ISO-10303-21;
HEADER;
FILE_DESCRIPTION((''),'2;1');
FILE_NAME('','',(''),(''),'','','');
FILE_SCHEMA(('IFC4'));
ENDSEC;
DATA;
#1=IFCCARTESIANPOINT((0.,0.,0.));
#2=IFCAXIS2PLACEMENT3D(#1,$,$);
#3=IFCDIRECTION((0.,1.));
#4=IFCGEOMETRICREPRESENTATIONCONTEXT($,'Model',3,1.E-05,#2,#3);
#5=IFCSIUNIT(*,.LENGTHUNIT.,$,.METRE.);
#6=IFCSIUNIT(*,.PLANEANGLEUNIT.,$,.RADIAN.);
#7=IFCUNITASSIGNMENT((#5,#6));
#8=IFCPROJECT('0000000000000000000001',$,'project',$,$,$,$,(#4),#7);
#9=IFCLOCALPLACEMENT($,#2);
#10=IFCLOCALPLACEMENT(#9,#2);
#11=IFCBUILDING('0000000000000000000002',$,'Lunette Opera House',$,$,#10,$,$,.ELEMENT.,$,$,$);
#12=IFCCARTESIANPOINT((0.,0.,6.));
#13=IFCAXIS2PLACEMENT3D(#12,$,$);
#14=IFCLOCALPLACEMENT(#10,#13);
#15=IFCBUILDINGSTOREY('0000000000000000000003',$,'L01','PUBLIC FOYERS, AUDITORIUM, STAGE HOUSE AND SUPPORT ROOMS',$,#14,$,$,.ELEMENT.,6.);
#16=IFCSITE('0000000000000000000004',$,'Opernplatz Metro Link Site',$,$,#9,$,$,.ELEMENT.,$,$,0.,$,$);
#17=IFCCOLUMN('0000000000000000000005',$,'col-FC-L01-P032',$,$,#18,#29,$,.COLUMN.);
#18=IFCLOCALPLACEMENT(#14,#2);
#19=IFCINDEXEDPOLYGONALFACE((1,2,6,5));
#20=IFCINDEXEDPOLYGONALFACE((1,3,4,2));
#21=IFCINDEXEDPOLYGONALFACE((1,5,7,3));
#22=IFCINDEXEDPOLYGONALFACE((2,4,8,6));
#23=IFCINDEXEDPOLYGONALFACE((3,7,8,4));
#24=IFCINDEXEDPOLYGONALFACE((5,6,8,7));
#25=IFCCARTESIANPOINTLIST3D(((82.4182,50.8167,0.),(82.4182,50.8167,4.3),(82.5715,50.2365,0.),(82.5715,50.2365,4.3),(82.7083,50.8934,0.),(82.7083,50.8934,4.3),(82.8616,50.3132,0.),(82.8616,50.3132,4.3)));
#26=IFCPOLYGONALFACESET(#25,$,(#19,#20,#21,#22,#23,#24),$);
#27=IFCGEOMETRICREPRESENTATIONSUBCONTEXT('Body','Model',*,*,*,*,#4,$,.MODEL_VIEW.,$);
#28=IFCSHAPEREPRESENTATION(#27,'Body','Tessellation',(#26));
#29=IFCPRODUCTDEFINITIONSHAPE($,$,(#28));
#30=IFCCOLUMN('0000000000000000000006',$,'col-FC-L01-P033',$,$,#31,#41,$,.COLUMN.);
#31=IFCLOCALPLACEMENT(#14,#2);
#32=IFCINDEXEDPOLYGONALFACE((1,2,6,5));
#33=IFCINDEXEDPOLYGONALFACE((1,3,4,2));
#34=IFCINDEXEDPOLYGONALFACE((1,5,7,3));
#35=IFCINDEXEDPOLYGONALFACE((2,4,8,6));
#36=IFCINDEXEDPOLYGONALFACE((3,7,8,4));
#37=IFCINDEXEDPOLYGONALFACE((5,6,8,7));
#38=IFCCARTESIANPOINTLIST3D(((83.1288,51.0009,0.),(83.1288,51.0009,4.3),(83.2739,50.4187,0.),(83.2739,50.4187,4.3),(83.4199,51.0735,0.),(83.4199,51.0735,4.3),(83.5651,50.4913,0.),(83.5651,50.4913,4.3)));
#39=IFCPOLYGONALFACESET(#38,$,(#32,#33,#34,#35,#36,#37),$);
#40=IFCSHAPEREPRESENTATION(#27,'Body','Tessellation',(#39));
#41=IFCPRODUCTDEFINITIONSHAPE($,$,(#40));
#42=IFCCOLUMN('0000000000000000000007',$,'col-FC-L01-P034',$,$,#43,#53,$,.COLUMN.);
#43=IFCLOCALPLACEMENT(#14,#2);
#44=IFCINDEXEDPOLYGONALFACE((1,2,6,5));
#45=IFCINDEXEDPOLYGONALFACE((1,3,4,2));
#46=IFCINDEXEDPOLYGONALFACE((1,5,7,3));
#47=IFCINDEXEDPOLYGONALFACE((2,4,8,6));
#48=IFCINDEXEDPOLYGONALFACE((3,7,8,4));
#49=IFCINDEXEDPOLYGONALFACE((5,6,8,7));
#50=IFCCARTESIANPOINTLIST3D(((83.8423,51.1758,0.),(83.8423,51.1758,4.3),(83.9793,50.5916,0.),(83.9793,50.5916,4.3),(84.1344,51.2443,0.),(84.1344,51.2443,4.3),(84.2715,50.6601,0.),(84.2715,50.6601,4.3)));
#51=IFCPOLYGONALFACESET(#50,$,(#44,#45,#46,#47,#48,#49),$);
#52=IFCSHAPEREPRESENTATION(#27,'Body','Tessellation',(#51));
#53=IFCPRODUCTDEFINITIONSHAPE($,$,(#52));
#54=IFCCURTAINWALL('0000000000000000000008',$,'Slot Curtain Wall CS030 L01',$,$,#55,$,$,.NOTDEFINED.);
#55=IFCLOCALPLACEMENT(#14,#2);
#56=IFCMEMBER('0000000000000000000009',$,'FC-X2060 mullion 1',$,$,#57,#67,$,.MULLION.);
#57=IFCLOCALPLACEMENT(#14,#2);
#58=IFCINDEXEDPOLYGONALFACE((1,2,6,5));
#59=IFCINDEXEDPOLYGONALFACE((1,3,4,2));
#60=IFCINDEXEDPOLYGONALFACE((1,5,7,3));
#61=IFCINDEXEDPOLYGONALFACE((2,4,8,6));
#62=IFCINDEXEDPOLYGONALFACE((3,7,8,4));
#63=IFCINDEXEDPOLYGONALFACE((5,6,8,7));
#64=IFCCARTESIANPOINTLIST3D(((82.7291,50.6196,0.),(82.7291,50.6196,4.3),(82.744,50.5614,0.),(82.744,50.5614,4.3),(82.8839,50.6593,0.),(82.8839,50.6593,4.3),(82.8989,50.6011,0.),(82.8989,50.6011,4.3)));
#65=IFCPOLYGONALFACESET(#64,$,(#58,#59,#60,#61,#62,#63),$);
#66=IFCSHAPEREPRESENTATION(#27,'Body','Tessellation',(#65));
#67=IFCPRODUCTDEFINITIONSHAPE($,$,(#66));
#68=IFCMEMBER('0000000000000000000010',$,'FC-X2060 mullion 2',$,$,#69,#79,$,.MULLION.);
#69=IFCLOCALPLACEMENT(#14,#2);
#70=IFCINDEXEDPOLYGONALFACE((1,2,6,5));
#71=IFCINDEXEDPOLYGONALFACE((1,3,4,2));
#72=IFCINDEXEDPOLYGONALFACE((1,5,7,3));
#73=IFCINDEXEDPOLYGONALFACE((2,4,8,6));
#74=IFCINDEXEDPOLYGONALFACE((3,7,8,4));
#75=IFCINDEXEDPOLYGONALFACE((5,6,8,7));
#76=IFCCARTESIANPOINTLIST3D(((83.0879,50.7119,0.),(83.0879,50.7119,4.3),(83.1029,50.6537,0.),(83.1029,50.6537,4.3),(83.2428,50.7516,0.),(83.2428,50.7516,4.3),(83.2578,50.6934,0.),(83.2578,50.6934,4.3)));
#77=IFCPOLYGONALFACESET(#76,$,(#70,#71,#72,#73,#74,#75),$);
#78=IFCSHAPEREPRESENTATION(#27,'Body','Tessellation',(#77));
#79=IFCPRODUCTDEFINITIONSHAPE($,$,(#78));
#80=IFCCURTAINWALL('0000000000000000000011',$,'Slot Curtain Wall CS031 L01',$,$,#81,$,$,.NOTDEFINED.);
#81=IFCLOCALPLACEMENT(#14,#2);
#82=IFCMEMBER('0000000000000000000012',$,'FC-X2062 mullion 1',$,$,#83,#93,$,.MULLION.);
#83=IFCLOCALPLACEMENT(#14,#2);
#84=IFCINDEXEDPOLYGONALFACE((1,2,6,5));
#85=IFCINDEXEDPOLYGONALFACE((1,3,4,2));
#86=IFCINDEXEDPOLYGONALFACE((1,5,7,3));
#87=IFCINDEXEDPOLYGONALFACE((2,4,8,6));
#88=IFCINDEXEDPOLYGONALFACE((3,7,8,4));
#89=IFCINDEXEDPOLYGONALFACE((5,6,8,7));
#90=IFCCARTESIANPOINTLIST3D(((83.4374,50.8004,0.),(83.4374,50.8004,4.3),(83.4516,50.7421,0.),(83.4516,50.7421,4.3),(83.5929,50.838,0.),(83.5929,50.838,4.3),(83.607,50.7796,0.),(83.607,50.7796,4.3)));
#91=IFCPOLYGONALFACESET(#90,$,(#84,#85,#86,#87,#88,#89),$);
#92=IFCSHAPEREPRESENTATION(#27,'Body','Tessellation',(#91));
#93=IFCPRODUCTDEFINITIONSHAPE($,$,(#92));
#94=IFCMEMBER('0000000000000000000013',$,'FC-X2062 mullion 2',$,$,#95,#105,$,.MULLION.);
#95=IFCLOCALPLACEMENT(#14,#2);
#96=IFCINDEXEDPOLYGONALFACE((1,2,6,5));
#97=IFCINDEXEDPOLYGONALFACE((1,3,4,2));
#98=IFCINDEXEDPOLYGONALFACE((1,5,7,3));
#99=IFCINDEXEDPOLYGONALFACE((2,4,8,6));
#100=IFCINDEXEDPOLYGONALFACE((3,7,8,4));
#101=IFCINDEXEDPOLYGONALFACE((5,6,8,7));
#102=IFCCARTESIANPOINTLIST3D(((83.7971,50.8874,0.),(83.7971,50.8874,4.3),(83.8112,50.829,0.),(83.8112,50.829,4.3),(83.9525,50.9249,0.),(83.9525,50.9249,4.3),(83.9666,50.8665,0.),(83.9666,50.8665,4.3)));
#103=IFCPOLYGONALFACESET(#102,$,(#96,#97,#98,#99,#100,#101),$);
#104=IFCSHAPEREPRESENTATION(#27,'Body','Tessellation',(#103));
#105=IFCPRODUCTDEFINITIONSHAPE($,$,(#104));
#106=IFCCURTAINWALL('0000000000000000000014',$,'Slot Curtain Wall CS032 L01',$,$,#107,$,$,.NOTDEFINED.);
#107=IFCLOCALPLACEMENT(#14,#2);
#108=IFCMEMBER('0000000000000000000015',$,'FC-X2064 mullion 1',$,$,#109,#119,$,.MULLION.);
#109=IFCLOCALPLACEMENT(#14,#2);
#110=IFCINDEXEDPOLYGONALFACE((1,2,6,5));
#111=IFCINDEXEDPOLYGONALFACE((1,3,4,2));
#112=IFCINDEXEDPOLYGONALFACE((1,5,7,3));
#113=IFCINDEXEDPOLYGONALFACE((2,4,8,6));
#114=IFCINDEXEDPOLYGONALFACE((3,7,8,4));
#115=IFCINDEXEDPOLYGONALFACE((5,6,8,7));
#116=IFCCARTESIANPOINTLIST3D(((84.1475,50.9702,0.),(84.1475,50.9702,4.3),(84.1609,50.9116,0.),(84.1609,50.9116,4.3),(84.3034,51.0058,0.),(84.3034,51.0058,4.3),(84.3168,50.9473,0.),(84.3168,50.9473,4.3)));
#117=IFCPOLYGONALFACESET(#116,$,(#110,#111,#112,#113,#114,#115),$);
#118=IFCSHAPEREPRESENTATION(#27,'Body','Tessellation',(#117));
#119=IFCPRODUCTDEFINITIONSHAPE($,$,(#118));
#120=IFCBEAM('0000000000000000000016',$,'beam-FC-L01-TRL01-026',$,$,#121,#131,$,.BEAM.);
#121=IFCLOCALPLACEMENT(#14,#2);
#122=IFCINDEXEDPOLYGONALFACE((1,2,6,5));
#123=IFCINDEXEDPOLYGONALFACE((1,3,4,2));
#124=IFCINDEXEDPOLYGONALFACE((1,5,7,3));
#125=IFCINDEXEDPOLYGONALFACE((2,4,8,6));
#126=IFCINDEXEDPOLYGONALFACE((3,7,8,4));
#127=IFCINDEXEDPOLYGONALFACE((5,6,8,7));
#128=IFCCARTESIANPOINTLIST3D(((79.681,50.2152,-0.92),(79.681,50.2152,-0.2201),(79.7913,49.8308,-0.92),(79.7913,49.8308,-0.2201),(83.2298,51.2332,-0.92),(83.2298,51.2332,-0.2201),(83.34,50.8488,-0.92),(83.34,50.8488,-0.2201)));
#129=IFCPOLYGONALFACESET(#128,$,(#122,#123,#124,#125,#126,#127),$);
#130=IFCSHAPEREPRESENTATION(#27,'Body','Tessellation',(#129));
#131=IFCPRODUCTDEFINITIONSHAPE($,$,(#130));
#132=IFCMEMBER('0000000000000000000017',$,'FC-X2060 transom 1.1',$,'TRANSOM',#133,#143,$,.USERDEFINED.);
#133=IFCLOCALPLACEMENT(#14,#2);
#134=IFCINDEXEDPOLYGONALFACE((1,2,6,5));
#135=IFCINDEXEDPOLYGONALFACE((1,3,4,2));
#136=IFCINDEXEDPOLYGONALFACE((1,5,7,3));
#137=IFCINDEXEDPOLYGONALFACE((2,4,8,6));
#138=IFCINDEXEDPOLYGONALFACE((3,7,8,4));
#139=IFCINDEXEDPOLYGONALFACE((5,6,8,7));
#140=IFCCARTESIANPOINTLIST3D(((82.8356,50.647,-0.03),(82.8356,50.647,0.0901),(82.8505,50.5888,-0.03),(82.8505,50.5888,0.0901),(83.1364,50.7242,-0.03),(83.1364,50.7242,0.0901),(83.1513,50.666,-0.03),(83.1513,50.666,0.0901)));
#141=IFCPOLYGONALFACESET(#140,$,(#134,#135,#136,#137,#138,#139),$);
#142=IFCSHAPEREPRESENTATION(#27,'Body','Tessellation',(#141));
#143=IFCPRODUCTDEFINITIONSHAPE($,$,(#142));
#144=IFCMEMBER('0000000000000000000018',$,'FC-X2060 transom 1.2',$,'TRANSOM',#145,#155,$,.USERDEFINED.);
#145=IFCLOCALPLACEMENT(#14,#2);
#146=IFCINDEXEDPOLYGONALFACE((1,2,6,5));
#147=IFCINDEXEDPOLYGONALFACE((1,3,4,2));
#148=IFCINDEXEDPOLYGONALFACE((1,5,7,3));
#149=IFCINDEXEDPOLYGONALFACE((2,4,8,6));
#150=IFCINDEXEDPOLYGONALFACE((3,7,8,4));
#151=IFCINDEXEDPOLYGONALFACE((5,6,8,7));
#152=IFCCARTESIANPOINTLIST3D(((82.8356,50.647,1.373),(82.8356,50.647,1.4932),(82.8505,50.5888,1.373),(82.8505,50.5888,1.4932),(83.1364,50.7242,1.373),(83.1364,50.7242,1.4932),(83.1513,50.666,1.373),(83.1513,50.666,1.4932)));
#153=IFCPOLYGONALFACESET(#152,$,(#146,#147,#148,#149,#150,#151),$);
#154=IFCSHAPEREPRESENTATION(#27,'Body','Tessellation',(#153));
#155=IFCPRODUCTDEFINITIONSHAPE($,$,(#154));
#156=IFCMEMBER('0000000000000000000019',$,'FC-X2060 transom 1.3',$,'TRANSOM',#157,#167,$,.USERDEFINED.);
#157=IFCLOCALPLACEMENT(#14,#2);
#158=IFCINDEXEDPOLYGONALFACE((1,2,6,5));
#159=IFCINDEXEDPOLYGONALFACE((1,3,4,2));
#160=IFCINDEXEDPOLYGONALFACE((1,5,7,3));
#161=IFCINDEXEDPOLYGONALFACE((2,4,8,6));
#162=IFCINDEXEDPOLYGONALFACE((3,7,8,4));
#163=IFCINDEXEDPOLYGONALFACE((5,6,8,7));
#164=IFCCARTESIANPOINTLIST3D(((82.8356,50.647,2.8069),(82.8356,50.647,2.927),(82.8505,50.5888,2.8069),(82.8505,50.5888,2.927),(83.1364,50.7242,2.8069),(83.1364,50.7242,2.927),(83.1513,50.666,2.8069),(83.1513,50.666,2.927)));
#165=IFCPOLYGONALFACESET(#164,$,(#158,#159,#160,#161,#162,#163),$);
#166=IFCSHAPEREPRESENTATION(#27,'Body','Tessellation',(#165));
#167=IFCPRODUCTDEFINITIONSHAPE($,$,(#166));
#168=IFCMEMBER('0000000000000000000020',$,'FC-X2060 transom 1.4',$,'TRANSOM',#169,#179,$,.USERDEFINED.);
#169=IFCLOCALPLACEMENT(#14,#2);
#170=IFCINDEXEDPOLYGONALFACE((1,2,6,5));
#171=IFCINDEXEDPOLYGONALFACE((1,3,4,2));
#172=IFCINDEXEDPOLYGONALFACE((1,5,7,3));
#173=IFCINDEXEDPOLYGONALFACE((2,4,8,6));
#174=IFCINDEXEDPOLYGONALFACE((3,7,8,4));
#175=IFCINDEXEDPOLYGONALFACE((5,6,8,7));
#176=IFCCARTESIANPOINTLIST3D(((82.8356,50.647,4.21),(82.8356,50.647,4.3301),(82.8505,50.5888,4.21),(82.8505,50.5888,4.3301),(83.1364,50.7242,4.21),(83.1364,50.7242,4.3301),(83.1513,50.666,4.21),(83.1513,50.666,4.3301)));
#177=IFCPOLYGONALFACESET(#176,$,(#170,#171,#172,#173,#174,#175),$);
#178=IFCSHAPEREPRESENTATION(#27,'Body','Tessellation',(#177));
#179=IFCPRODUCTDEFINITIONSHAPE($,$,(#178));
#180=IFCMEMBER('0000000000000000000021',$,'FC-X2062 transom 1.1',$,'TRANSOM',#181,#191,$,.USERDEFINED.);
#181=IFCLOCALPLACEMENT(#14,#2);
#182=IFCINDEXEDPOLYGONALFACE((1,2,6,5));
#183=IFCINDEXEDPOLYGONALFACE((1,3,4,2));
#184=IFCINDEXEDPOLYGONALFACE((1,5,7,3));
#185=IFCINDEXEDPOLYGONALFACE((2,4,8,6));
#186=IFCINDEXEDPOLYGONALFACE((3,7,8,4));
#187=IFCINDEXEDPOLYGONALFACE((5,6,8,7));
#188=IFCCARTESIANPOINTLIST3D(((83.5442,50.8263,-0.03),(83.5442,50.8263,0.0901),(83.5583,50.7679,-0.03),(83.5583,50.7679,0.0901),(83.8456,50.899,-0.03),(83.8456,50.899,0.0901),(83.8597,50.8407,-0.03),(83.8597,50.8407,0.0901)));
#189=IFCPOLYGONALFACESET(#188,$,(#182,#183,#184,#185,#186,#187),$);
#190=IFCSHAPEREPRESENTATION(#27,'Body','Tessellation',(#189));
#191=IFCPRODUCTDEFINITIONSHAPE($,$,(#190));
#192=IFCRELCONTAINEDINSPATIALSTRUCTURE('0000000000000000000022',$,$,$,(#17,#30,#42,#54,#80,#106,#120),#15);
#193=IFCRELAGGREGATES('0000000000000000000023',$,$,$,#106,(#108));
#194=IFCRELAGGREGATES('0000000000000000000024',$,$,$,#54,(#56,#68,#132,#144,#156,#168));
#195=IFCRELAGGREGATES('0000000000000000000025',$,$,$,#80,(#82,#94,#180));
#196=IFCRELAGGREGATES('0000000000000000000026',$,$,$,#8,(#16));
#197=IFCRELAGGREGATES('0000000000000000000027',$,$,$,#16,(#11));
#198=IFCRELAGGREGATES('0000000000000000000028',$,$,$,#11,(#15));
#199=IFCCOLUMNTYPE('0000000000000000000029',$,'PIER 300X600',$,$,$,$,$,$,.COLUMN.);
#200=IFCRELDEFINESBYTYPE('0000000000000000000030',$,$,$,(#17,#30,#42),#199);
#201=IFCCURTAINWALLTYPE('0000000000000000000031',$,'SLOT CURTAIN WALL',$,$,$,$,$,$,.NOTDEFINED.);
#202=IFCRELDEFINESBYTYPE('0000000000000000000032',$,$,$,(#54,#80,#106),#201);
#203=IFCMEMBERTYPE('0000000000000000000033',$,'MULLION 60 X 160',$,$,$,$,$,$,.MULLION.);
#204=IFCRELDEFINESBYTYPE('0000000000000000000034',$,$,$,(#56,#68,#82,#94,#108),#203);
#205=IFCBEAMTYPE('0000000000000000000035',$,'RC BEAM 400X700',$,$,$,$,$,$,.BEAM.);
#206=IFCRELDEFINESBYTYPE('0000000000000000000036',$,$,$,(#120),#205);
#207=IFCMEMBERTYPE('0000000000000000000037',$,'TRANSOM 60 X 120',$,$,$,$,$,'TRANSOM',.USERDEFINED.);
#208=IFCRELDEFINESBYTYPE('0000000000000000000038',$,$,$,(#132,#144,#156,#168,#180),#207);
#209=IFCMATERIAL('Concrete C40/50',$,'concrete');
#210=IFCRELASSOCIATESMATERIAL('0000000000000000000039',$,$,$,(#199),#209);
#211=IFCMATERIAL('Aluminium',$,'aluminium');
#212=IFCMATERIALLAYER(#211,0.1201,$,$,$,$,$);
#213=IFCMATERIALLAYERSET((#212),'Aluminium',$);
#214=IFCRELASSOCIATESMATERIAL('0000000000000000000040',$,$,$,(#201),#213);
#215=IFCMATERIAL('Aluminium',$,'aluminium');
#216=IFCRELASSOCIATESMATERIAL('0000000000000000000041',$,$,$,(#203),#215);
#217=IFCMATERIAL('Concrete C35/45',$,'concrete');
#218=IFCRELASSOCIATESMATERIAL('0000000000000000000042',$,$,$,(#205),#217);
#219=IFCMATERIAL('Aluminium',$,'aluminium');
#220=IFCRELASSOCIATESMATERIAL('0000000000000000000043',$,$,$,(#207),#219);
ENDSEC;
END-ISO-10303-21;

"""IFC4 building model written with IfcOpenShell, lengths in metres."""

from ifc_helpers import new_model, si_unit, direction, frame, origin, origin_2d, place, context, subcontext, project, spatial, rectangle, extrude, material, layer, layer_set, material_profile, profile_set, type_object, element, aggregate, save


model = new_model("IFC4")

# Units and contexts
model_context = context("Model", 3, precision=1e-05, world=origin(), true_north=direction((0.0, 1.0)))
body_context = subcontext(model_context, "Body", "Model", "MODEL_VIEW")
ifc_project = project(units=[si_unit("LENGTHUNIT", "METRE"), si_unit("PLANEANGLEUNIT", "RADIAN")], contexts=[model_context])

# Site, building, storey
site_placement = place(None, origin())
site = spatial("IfcSite", under=ifc_project, at=site_placement, Name="Opernplatz Metro Link Site", CompositionType="ELEMENT", RefElevation=0.0)
building_placement = place(site_placement, origin())
building = spatial("IfcBuilding", under=site, at=building_placement, Name="Lunette Opera House", CompositionType="ELEMENT")
storey_placement = place(building_placement, frame((0.0, 0.0, 6.0)))
storey = spatial("IfcBuildingStorey", under=building, at=storey_placement, Name="L01", Description="PUBLIC FOYERS, AUDITORIUM, STAGE HOUSE AND SUPPORT ROOMS", CompositionType="ELEMENT", Elevation=6.0)

# Columns
ifc_material_1 = material(Name="Concrete C40/50", Category="concrete")
ifc_material_profile_1 = material_profile(ifc_material_1, rectangle(XDim=0.3, YDim=0.6001, at=origin_2d()), Name="PIER 300X600")
ifc_profile_set_1 = profile_set([ifc_material_profile_1], Name="Concrete C40/50")
column_type = type_object("IfcColumnType", Name="PIER 300X600", PredefinedType="COLUMN", material=ifc_profile_set_1)
for number, where, z_axis, x_axis, name in (
    (1, (82.6399, 50.5649, 0.0), (0.0, 0.0, 1.0), (0.966823, 0.255446, 0.0), "col-FC-L01-P032"),
    (2, (83.3469, 50.7461, 0.0), (0.0, 0.0, 1.0), (0.970296, 0.241922, 0.0), "col-FC-L01-P033"),
    (3, (84.0569, 50.918, 0.0), (0.0, 0.0, 1.0), (0.973579, 0.228351, 0.0), "col-FC-L01-P034"),
):
    element("IfcColumn", number, at=place(storey_placement, frame(where, z_axis=z_axis, x_axis=x_axis)), inside=storey, type_object=column_type, Name=name, PredefinedType="COLUMN", context=body_context, shape_type="SweptSolid", body=[
        extrude(rectangle(XDim=0.3, YDim=0.6001, at=origin_2d()), origin(), (0.0, 0.0, 1.0), 4.3),
    ])

# Curtain walls, members
ifc_material_2 = material(Name="Aluminium", Category="aluminium")
ifc_layer_1 = layer(ifc_material_2, 0.1201)
ifc_layer_set_1 = layer_set([ifc_layer_1], Name="Aluminium")
curtain_wall_type = type_object("IfcCurtainWallType", Name="SLOT CURTAIN WALL", PredefinedType="NOTDEFINED", material=ifc_layer_set_1)
curtain_wall_1_placement = place(storey_placement, origin())
curtain_wall_1 = element("IfcCurtainWall", 4, at=curtain_wall_1_placement, inside=storey, type_object=curtain_wall_type, Name="Slot Curtain Wall CS030 L01", PredefinedType="NOTDEFINED")
ifc_material_3 = material(Name="Aluminium", Category="aluminium")
ifc_material_profile_2 = material_profile(ifc_material_3, rectangle(XDim=0.0601, YDim=0.1599, at=origin_2d()), Name="MULLION 60 X 160")
ifc_profile_set_2 = profile_set([ifc_material_profile_2], Name="Aluminium")
member_type_1 = type_object("IfcMemberType", Name="MULLION 60 X 160", PredefinedType="MULLION", material=ifc_profile_set_2)
member_1_placement = place(storey_placement, frame((82.814, 50.6104, 0.0), z_axis=(0.0, 0.0, 1.0), x_axis=(-0.248543, 0.968621, 0.0)))
member_1 = element("IfcMember", 5, at=member_1_placement, type_object=member_type_1, Name="FC-X2060 mullion 1", PredefinedType="MULLION", context=body_context, shape_type="SweptSolid", body=[
    extrude(rectangle(XDim=0.0601, YDim=0.1599, at=origin_2d()), origin(), (0.0, 0.0, 1.0), 4.3),
])
member_2_placement = place(storey_placement, frame((83.1729, 50.7026, 0.0), z_axis=(0.0, 0.0, 1.0), x_axis=(-0.248543, 0.968621, 0.0)))
member_2 = element("IfcMember", 6, at=member_2_placement, type_object=member_type_1, Name="FC-X2060 mullion 2", PredefinedType="MULLION", context=body_context, shape_type="SweptSolid", body=[
    extrude(rectangle(XDim=0.0601, YDim=0.1599, at=origin_2d()), origin(), (0.0, 0.0, 1.0), 4.3),
])
curtain_wall_2_placement = place(storey_placement, origin())
curtain_wall_2 = element("IfcCurtainWall", 7, at=curtain_wall_2_placement, inside=storey, type_object=curtain_wall_type, Name="Slot Curtain Wall CS031 L01", PredefinedType="NOTDEFINED")
member_3_placement = place(storey_placement, frame((83.5222, 50.79, 0.0), z_axis=(0.0, 0.0, 1.0), x_axis=(-0.234868, 0.972027, 0.0)))
member_3 = element("IfcMember", 8, at=member_3_placement, type_object=member_type_1, Name="FC-X2062 mullion 1", PredefinedType="MULLION", context=body_context, shape_type="SweptSolid", body=[
    extrude(rectangle(XDim=0.0601, YDim=0.1599, at=origin_2d()), origin(), (0.0, 0.0, 1.0), 4.3),
])
member_4_placement = place(storey_placement, frame((83.8818, 50.877, 0.0), z_axis=(0.0, 0.0, 1.0), x_axis=(-0.234868, 0.972027, 0.0)))
member_4 = element("IfcMember", 9, at=member_4_placement, type_object=member_type_1, Name="FC-X2062 mullion 2", PredefinedType="MULLION", context=body_context, shape_type="SweptSolid", body=[
    extrude(rectangle(XDim=0.0601, YDim=0.1599, at=origin_2d()), origin(), (0.0, 0.0, 1.0), 4.3),
])

# Curtain wall, member
curtain_wall_3_placement = place(storey_placement, origin())
curtain_wall_3 = element("IfcCurtainWall", 10, at=curtain_wall_3_placement, inside=storey, type_object=curtain_wall_type, Name="Slot Curtain Wall CS032 L01", PredefinedType="NOTDEFINED")
member_5_placement = place(storey_placement, frame((84.2322, 50.9587, 0.0), z_axis=(0.0, 0.0, 1.0), x_axis=(-0.222825, 0.974859, 0.0)))
member_5 = element("IfcMember", 11, at=member_5_placement, type_object=member_type_1, Name="FC-X2064 mullion 1", PredefinedType="MULLION", context=body_context, shape_type="SweptSolid", body=[
    extrude(rectangle(XDim=0.0601, YDim=0.1599, at=origin_2d()), origin(), (0.0, 0.0, 1.0), 4.3),
])

# Beam
ifc_material_4 = material(Name="Concrete C35/45", Category="concrete")
ifc_material_profile_3 = material_profile(ifc_material_4, rectangle(XDim=0.3999, YDim=0.7, at=origin_2d()), Name="RC BEAM 400X700")
ifc_profile_set_3 = profile_set([ifc_material_profile_3], Name="Concrete C35/45")
beam_type = type_object("IfcBeamType", Name="RC BEAM 400X700", PredefinedType="BEAM", material=ifc_profile_set_3)
beam_placement = place(storey_placement, frame((83.2849, 51.041, -0.5701), z_axis=(-0.961229, -0.275752, 0.0), x_axis=(0.275752, -0.961229, 0.0)))
element("IfcBeam", 12, at=beam_placement, inside=storey, type_object=beam_type, Name="beam-FC-L01-TRL01-026", PredefinedType="BEAM", context=body_context, shape_type="SweptSolid", body=[
    extrude(rectangle(XDim=0.3999, YDim=0.7, at=origin_2d()), origin(), (0.0, 0.0, 1.0), 3.6919),
])

# Members
ifc_material_5 = material(Name="Aluminium", Category="aluminium")
ifc_material_profile_4 = material_profile(ifc_material_5, rectangle(XDim=0.0601, YDim=0.1201, at=origin_2d()), Name="TRANSOM 60 X 120")
ifc_profile_set_4 = profile_set([ifc_material_profile_4], Name="Aluminium")
member_type_2 = type_object("IfcMemberType", Name="TRANSOM 60 X 120", ElementType="TRANSOM", PredefinedType="USERDEFINED", material=ifc_profile_set_4)
member_6_placement = place(storey_placement, frame((82.843, 50.6179, 0.03), z_axis=(0.968644, 0.248451, 0.0), x_axis=(-0.248451, 0.968644, 0.0)))
member_6 = element("IfcMember", 13, at=member_6_placement, type_object=member_type_2, Name="FC-X2060 transom 1.1", ObjectType="TRANSOM", PredefinedType="USERDEFINED", context=body_context, shape_type="SweptSolid", body=[
    extrude(rectangle(XDim=0.0601, YDim=0.1201, at=origin_2d()), origin(), (0.0, 0.0, 1.0), 0.3105),
])
member_7_placement = place(storey_placement, frame((82.843, 50.6179, 1.4331), z_axis=(0.968644, 0.248451, 0.0), x_axis=(-0.248451, 0.968644, 0.0)))
member_7 = element("IfcMember", 14, at=member_7_placement, type_object=member_type_2, Name="FC-X2060 transom 1.2", ObjectType="TRANSOM", PredefinedType="USERDEFINED", context=body_context, shape_type="SweptSolid", body=[
    extrude(rectangle(XDim=0.0601, YDim=0.1201, at=origin_2d()), origin(), (0.0, 0.0, 1.0), 0.3105),
])
member_8_placement = place(storey_placement, frame((82.843, 50.6179, 2.8669), z_axis=(0.968644, 0.248451, 0.0), x_axis=(-0.248451, 0.968644, 0.0)))
member_8 = element("IfcMember", 15, at=member_8_placement, type_object=member_type_2, Name="FC-X2060 transom 1.3", ObjectType="TRANSOM", PredefinedType="USERDEFINED", context=body_context, shape_type="SweptSolid", body=[
    extrude(rectangle(XDim=0.0601, YDim=0.1201, at=origin_2d()), origin(), (0.0, 0.0, 1.0), 0.3105),
])
member_9_placement = place(storey_placement, frame((82.843, 50.6179, 4.27), z_axis=(0.968644, 0.248451, 0.0), x_axis=(-0.248451, 0.968644, 0.0)))
member_9 = element("IfcMember", 16, at=member_9_placement, type_object=member_type_2, Name="FC-X2060 transom 1.4", ObjectType="TRANSOM", PredefinedType="USERDEFINED", context=body_context, shape_type="SweptSolid", body=[
    extrude(rectangle(XDim=0.0601, YDim=0.1201, at=origin_2d()), origin(), (0.0, 0.0, 1.0), 0.3105),
])
member_10_placement = place(storey_placement, frame((83.5513, 50.7971, 0.03), z_axis=(0.972101, 0.234564, 0.0), x_axis=(-0.234564, 0.972101, 0.0)))
member_10 = element("IfcMember", 17, at=member_10_placement, type_object=member_type_2, Name="FC-X2062 transom 1.1", ObjectType="TRANSOM", PredefinedType="USERDEFINED", context=body_context, shape_type="SweptSolid", body=[
    extrude(rectangle(XDim=0.0601, YDim=0.1201, at=origin_2d()), origin(), (0.0, 0.0, 1.0), 0.3101),
])
aggregate(curtain_wall_3, [member_5])

aggregate(curtain_wall_1, [member_1, member_2, member_6, member_7, member_8, member_9])
aggregate(curtain_wall_2, [member_3, member_4, member_10])

save(model, "model.ifc")
